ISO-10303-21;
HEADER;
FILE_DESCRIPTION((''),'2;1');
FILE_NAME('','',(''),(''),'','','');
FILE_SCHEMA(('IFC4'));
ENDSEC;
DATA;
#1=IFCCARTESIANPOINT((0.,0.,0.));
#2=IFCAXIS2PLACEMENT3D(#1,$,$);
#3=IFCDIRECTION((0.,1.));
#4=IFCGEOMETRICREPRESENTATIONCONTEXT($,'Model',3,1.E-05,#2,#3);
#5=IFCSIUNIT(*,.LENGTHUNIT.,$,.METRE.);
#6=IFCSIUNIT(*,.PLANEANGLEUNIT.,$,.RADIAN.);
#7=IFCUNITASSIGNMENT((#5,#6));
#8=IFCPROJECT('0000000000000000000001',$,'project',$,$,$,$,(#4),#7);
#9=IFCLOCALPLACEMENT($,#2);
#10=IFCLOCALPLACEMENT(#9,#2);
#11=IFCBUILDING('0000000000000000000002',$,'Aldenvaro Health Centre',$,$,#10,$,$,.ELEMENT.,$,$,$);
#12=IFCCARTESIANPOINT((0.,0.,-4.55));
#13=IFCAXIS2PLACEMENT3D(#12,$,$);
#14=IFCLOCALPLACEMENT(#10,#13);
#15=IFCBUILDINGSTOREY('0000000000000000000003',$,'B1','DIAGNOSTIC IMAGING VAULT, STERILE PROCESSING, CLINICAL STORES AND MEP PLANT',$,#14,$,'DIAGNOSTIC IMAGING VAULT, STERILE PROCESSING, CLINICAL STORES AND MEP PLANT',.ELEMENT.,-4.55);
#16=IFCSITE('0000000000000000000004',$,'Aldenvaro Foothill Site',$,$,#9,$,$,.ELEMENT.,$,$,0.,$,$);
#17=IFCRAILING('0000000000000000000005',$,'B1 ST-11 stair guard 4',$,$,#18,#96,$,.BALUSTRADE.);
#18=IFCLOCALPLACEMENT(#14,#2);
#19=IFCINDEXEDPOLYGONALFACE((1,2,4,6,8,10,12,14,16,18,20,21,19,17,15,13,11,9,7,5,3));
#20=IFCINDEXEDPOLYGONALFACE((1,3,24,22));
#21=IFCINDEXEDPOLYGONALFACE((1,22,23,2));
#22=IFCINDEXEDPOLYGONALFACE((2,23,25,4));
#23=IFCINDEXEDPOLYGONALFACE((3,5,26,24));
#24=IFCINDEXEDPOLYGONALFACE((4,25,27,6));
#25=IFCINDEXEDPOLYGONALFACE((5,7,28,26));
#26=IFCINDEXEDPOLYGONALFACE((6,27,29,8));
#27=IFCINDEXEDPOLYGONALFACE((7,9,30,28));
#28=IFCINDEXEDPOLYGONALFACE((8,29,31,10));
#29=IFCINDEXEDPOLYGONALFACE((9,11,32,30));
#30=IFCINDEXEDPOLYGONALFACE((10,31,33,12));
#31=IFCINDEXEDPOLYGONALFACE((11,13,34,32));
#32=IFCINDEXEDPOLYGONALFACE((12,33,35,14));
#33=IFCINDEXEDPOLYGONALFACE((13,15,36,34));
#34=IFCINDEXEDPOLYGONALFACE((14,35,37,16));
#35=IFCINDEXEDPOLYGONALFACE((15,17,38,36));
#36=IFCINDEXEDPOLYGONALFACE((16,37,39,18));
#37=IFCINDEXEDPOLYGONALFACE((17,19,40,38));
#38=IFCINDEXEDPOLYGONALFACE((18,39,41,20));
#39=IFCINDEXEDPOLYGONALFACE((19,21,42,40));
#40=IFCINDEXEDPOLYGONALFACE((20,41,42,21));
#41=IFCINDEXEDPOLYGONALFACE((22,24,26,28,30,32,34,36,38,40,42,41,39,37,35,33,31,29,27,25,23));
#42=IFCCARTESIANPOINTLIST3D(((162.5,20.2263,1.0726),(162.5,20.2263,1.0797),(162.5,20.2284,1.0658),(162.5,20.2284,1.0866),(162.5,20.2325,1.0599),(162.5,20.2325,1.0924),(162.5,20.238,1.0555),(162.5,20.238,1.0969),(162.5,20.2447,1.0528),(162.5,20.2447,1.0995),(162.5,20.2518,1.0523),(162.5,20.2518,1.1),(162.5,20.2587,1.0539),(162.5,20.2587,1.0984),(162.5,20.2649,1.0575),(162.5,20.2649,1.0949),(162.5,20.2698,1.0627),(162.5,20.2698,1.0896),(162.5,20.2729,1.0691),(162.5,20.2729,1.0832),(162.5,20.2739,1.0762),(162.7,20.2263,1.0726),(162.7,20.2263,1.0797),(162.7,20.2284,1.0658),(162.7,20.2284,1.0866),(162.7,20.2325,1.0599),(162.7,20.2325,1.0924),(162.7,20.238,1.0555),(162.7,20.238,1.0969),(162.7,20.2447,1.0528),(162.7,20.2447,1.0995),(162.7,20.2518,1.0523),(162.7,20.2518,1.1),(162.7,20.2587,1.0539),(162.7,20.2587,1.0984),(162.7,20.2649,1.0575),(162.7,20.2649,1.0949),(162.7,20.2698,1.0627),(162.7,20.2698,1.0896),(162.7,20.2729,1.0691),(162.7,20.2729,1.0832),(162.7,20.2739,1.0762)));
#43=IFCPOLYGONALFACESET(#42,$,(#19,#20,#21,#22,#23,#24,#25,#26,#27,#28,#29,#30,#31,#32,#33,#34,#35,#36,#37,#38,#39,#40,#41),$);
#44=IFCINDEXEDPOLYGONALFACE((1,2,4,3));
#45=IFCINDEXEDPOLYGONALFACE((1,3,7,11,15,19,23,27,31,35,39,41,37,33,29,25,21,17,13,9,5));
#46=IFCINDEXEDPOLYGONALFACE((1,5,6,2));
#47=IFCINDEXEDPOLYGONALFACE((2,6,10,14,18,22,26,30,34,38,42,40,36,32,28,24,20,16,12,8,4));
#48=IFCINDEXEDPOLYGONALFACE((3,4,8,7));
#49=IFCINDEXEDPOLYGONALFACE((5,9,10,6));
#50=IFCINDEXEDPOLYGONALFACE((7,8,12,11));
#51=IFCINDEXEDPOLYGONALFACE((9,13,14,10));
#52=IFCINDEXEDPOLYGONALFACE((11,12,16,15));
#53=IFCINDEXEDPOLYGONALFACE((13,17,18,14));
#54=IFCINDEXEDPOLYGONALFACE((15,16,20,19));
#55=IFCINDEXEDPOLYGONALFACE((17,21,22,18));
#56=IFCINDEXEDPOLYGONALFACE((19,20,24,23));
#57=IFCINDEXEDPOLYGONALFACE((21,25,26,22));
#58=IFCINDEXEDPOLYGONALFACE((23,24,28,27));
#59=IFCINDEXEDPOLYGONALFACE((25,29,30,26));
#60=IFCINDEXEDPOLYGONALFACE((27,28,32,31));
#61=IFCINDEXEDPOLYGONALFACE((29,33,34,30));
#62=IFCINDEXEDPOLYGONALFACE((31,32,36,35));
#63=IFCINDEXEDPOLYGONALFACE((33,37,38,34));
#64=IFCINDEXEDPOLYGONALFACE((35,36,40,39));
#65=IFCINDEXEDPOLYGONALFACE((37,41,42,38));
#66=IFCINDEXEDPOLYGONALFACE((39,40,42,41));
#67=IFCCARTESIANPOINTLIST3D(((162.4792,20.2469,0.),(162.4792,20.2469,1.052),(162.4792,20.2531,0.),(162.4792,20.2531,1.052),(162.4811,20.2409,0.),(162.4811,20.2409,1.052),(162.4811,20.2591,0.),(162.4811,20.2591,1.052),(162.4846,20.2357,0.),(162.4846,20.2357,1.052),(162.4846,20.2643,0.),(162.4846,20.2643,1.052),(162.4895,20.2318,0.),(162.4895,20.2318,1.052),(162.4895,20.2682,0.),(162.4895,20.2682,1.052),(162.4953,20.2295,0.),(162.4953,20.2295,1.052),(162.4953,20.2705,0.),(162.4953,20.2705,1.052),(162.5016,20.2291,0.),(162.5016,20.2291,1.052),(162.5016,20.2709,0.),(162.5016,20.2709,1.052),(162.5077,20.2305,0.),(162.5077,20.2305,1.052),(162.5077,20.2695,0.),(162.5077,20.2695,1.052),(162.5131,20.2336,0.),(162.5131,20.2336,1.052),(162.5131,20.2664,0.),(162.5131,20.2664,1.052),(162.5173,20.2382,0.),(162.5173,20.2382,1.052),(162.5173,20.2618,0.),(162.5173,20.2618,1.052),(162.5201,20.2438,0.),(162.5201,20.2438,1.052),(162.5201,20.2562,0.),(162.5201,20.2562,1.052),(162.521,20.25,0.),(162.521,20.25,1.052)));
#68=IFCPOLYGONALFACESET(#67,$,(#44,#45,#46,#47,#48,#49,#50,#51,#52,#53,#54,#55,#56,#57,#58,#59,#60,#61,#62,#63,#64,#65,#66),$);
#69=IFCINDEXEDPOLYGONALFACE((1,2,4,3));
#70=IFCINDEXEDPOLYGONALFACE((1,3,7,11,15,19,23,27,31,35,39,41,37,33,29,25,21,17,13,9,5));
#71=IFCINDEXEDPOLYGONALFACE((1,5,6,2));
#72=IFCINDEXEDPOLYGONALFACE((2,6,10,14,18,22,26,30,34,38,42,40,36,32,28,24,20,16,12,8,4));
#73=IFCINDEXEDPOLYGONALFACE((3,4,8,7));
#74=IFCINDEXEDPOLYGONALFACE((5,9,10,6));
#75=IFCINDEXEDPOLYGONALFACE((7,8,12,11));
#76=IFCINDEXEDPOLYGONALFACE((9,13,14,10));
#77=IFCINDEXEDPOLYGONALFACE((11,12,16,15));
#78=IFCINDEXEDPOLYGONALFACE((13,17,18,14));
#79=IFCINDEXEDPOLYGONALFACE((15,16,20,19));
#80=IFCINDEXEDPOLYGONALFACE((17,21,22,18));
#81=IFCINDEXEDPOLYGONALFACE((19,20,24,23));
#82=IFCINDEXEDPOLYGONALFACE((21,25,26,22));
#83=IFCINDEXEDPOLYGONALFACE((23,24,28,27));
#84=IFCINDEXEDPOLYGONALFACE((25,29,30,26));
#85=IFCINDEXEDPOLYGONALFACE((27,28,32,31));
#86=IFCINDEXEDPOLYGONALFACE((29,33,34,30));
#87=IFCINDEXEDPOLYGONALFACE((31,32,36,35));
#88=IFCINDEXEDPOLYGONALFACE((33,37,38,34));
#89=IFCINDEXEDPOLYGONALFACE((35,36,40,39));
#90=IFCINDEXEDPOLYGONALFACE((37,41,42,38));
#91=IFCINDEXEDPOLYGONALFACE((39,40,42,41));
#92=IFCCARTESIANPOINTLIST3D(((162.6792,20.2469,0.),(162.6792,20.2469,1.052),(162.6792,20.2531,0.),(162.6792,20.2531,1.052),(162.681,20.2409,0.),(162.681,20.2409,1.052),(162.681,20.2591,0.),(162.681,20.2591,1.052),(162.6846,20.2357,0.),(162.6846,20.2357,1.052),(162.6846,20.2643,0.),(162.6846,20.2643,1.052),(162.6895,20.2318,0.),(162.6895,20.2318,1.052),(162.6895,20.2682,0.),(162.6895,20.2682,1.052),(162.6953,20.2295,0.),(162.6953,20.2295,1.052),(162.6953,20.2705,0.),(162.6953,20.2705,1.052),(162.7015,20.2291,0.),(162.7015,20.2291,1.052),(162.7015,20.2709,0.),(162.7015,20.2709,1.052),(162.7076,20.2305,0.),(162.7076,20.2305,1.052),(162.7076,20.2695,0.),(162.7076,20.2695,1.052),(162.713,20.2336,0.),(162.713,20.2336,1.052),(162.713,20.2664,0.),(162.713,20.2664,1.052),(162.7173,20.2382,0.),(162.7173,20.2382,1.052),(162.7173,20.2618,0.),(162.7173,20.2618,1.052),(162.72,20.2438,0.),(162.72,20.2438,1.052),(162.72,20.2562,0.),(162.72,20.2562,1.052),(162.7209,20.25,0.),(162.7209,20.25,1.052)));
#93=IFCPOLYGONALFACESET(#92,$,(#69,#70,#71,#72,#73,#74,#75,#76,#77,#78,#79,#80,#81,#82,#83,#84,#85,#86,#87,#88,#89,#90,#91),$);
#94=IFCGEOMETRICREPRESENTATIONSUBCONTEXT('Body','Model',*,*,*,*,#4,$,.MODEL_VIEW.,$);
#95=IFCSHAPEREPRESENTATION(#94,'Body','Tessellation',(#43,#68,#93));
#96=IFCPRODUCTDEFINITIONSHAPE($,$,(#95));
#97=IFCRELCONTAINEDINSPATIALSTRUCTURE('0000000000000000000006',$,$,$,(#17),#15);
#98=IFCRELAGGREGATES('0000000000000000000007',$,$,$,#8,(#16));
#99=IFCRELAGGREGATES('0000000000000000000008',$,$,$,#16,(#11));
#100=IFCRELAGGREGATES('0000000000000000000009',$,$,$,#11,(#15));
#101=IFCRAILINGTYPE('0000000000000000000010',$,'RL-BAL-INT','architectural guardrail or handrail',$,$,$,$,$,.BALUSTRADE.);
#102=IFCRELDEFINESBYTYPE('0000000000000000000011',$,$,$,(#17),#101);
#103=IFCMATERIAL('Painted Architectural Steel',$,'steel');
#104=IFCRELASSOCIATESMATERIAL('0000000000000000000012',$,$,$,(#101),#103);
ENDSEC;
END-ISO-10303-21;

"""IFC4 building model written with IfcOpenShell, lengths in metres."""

from ifc_helpers import new_model, si_unit, direction, frame, origin, origin_2d, place, context, subcontext, project, spatial, circle, extrude, material, type_object, element, save


model = new_model("IFC4")

# Units and contexts
model_context = context("Model", 3, precision=1e-05, world=origin(), true_north=direction((0.0, 1.0)))
body_context = subcontext(model_context, "Body", "Model", "MODEL_VIEW")
ifc_project = project(units=[si_unit("LENGTHUNIT", "METRE"), si_unit("PLANEANGLEUNIT", "RADIAN")], contexts=[model_context])

# Site, building, storey
site_placement = place(None, origin())
site = spatial("IfcSite", under=ifc_project, at=site_placement, Name="Aldenvaro Foothill Site", CompositionType="ELEMENT", RefElevation=0.0)
building_placement = place(site_placement, origin())
building = spatial("IfcBuilding", under=site, at=building_placement, Name="Aldenvaro Health Centre", CompositionType="ELEMENT")
storey_placement = place(building_placement, frame((0.0, 0.0, -4.55)))
storey = spatial("IfcBuildingStorey", under=building, at=storey_placement, Name="B1", Description="DIAGNOSTIC IMAGING VAULT, STERILE PROCESSING, CLINICAL STORES AND MEP PLANT", LongName="DIAGNOSTIC IMAGING VAULT, STERILE PROCESSING, CLINICAL STORES AND MEP PLANT", CompositionType="ELEMENT", Elevation=-4.55)

# Railing
ifc_material_1 = material(Name="Painted Architectural Steel", Category="steel")
railing_type_1 = type_object("IfcRailingType", Name="RL-BAL-INT", Description="architectural guardrail or handrail", PredefinedType="BALUSTRADE", material=ifc_material_1)
railing_1_placement = place(storey_placement, frame((162.5, 20.25, 0.0)))
element("IfcRailing", 1, at=railing_1_placement, inside=storey, type_object=railing_type_1, Name="B1 ST-11 stair guard 4", PredefinedType="BALUSTRADE", context=body_context, shape_type="SweptSolid", body=[
    extrude(circle(Radius=0.0239, at=origin_2d()), frame((0.0, 0.0, 1.0762), z_axis=(1.0, 0.0, 0.0), x_axis=(0.0, 1.0, 0.0)), (0.0, 0.0, 1.0), 0.2),
    extrude(circle(Radius=0.021, at=origin_2d()), origin(), (0.0, 0.0, 1.0), 1.052),
    extrude(circle(Radius=0.021, at=origin_2d()), frame((0.2, 0.0, 0.0)), (0.0, 0.0, 1.0), 1.052),
])

save(model, "model.ifc")
